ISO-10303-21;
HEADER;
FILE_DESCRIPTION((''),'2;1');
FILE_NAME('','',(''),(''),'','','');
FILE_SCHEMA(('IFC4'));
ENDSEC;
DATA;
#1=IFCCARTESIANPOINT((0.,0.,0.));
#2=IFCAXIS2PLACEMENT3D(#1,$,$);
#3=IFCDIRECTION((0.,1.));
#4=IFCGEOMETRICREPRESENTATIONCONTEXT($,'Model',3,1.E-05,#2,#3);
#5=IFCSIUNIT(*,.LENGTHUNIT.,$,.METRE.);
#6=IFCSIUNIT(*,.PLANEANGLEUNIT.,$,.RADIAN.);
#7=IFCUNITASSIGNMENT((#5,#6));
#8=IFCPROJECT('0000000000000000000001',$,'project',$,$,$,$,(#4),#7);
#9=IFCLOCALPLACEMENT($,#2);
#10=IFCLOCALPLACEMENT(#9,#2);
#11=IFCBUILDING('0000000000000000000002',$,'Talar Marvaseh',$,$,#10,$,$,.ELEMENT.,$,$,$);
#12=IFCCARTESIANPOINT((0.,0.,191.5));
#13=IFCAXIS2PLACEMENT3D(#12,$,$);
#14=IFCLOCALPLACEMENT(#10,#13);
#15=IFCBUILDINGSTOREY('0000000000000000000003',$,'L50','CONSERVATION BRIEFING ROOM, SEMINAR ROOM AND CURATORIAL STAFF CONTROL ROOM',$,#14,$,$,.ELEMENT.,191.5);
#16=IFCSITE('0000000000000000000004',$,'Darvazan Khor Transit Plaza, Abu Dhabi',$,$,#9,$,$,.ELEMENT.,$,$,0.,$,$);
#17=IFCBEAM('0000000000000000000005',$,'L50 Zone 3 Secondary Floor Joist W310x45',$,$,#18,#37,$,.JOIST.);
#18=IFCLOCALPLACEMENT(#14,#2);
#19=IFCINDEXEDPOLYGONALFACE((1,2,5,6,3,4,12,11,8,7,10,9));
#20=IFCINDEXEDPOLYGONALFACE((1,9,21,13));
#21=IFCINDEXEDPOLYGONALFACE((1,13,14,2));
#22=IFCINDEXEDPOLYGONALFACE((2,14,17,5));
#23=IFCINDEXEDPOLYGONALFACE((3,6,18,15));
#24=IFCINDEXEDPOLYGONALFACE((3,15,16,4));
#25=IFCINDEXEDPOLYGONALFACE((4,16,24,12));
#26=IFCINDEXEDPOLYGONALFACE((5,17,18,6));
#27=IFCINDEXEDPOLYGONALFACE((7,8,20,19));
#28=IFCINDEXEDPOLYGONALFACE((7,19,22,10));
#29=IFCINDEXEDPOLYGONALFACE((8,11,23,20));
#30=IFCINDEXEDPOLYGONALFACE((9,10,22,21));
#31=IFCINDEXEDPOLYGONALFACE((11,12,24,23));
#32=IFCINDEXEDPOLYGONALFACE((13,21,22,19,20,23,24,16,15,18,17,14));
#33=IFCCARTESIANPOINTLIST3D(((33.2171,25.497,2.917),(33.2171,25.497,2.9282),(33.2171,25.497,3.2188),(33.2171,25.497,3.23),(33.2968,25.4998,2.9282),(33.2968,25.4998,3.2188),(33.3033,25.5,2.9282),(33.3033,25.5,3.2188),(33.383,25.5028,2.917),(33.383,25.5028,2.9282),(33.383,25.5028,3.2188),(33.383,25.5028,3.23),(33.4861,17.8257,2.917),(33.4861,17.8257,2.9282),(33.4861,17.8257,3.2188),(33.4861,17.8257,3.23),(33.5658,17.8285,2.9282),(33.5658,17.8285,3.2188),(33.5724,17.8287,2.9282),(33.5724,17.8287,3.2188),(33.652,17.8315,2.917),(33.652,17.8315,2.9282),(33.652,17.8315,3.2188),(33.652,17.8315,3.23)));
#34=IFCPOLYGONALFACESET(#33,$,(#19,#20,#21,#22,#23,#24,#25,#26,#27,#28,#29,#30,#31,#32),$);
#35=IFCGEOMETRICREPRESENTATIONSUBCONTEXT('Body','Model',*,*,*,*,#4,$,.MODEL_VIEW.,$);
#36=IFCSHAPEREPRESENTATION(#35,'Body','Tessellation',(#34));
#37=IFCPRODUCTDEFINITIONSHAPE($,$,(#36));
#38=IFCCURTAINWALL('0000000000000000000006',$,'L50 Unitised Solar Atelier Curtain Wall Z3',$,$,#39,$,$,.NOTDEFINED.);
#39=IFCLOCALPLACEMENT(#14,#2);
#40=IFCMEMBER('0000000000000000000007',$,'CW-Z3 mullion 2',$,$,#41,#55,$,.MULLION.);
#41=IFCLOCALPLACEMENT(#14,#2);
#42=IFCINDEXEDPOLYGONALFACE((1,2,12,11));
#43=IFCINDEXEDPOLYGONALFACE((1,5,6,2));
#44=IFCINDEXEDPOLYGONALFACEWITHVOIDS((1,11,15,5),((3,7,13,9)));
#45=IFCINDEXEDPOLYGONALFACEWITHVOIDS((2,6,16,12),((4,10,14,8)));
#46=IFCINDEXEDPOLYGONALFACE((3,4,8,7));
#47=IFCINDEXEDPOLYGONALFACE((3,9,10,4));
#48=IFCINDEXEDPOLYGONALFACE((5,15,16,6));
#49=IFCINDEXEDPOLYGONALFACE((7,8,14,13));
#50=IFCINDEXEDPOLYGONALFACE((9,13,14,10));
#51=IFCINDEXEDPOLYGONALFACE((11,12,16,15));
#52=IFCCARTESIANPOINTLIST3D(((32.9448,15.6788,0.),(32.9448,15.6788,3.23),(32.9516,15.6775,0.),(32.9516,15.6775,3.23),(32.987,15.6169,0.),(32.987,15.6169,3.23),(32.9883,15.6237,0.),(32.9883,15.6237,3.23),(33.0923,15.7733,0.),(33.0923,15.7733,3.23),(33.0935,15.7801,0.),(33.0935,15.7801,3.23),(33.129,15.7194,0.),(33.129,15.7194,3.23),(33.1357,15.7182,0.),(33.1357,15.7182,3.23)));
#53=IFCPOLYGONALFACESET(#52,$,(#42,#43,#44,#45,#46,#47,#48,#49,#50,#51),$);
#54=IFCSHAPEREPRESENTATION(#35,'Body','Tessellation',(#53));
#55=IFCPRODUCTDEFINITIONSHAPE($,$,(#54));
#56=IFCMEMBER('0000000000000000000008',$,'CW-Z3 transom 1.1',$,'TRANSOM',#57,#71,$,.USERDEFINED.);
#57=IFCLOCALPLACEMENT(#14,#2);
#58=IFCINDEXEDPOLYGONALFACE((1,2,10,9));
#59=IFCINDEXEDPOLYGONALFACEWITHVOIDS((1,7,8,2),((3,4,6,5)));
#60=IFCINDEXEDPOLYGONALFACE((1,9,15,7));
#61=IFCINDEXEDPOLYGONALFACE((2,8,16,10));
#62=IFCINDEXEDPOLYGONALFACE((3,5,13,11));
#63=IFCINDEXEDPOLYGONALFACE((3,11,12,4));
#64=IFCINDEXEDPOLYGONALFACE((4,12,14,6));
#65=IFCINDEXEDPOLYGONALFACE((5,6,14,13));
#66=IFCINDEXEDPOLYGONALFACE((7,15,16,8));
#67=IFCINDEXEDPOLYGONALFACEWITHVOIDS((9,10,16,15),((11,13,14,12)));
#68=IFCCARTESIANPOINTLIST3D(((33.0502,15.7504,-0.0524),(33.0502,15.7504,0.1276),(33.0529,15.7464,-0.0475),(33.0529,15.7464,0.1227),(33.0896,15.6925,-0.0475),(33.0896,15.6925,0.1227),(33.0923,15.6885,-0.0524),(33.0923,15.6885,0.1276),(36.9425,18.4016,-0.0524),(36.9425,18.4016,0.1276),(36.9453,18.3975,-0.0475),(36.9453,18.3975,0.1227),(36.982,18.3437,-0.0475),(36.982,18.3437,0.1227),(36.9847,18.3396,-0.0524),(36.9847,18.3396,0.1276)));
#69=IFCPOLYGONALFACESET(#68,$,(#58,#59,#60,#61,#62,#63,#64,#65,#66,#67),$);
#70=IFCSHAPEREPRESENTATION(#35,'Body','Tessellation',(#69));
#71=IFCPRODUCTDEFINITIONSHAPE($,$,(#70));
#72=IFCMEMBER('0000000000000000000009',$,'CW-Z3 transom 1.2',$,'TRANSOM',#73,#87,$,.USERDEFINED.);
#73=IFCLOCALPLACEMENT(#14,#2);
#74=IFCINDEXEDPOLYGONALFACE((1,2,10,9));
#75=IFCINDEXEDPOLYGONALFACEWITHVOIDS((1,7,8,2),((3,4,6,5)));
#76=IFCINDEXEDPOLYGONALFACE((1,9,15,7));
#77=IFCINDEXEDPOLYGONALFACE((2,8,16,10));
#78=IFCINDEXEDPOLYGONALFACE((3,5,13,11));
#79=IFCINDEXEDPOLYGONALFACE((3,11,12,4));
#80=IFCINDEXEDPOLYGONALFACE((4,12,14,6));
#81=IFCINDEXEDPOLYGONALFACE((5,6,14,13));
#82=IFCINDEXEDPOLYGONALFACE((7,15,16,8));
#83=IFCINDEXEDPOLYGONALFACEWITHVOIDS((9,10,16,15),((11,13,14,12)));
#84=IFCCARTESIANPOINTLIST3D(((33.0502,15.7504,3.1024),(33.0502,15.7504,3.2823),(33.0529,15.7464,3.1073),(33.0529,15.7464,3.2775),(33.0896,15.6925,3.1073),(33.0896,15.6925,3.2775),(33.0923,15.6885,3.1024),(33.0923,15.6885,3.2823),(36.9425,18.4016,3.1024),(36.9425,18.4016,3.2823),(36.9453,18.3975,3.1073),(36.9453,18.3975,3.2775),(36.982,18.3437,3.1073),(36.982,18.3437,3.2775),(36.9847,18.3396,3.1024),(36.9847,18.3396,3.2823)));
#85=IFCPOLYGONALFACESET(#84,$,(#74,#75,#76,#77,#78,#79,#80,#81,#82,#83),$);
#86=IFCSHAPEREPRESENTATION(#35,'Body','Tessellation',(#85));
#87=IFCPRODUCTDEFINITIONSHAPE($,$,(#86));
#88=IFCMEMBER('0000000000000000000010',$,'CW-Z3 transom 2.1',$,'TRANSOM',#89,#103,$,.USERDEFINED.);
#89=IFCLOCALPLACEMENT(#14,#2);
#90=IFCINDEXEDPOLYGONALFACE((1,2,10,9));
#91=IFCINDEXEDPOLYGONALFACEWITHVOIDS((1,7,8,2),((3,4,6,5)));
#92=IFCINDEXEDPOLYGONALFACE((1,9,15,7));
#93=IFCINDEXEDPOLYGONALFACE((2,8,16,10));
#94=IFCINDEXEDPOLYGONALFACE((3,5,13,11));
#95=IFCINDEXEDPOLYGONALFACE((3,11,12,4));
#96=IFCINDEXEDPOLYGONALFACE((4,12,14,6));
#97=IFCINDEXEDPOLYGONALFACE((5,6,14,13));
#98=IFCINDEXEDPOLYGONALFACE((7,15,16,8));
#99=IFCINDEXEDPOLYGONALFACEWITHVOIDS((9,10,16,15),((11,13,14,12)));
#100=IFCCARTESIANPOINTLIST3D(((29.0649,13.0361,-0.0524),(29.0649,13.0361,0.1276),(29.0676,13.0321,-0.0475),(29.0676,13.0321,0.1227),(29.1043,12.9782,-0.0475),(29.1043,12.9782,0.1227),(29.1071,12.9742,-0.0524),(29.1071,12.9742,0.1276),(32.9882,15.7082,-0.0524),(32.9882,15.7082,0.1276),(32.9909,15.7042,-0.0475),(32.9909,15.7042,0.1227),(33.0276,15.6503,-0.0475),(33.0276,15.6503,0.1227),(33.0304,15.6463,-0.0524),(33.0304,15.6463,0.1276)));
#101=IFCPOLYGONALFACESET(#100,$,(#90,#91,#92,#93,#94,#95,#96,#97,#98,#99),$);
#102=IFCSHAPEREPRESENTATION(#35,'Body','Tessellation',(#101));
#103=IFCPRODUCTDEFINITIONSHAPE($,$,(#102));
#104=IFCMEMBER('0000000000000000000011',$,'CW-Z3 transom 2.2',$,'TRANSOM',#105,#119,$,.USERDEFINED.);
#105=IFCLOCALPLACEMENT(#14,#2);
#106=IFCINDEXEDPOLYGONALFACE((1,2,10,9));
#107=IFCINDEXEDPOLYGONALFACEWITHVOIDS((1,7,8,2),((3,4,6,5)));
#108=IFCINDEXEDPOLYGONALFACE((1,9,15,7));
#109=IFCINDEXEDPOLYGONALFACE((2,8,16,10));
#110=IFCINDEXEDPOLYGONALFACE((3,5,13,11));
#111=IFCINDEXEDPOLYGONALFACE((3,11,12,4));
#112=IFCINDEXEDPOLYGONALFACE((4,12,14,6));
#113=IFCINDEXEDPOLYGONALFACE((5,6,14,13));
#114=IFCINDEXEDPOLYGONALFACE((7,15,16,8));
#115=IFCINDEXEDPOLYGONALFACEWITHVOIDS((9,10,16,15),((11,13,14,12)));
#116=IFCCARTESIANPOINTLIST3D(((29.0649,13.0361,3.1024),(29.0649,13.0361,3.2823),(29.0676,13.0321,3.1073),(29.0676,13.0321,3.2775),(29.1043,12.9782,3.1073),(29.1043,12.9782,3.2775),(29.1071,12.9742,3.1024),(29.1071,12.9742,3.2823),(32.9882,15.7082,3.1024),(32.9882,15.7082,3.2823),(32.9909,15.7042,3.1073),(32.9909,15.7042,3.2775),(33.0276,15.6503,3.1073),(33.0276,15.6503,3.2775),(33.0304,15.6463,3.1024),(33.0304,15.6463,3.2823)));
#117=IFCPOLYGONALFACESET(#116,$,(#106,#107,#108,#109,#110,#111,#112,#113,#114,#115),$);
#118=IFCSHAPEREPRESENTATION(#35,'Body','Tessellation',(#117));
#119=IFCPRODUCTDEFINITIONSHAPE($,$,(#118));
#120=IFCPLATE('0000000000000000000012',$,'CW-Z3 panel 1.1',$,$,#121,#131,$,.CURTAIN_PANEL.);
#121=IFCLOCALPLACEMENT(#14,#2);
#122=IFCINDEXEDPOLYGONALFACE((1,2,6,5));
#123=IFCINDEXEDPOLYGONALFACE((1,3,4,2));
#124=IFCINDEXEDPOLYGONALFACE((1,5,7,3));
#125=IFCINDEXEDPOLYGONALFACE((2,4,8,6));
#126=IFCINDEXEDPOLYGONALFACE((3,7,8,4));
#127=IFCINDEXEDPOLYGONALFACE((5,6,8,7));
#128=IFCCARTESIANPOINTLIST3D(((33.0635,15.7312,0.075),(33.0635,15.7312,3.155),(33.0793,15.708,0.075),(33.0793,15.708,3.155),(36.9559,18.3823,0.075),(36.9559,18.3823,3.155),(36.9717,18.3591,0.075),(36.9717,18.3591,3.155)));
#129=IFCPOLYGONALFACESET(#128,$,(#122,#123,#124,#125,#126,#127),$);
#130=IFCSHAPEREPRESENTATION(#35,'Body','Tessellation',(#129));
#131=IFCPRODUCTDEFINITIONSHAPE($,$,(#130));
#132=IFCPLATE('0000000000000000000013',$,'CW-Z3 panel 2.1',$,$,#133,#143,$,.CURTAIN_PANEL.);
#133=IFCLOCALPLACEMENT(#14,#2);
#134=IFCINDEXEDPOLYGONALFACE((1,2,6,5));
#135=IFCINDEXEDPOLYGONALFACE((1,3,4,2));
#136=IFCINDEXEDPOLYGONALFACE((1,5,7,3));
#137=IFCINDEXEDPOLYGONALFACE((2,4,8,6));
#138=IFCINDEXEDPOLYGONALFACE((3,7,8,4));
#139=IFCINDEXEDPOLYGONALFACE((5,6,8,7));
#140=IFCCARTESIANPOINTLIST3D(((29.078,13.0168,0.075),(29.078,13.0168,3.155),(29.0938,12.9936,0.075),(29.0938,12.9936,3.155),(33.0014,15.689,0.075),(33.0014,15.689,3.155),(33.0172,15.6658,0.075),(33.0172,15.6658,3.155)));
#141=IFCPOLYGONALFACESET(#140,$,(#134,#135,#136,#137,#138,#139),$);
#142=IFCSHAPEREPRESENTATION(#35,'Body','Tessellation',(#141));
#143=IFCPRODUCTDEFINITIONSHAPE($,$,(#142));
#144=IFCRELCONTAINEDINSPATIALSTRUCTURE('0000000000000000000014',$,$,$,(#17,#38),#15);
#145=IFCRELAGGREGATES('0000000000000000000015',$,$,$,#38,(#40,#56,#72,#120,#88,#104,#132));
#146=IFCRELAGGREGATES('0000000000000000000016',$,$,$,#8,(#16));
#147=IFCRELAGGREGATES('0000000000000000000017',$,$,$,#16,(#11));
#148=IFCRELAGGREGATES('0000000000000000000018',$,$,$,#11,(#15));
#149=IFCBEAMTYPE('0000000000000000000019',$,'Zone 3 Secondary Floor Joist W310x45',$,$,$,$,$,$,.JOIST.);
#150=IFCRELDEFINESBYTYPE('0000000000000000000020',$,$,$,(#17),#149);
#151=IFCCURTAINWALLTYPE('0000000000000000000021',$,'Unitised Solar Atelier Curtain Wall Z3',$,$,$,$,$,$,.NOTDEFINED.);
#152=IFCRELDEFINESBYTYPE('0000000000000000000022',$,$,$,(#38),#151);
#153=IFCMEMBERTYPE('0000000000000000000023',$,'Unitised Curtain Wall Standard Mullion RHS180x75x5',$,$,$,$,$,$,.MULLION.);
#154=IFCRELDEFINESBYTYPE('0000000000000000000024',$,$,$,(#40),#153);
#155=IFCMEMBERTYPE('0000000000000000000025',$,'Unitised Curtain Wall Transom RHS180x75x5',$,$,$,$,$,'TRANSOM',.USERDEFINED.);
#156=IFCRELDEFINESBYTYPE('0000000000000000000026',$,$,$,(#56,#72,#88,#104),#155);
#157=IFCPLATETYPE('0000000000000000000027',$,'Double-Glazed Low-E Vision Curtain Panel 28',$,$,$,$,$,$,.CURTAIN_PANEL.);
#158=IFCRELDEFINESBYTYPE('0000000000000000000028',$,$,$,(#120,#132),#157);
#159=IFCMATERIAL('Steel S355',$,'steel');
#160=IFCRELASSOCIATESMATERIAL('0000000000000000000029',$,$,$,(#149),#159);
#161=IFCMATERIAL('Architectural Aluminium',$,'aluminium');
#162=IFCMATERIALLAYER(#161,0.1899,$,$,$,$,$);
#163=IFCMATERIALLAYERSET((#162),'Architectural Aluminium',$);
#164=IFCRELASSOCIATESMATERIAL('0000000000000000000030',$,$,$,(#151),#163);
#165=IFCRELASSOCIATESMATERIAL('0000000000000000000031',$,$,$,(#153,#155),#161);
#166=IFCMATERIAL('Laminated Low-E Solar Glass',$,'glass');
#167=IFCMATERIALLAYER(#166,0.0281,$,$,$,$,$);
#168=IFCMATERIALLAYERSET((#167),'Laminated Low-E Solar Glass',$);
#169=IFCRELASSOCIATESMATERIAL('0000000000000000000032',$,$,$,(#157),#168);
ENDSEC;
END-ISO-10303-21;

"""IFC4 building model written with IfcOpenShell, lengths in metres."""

from ifc_helpers import new_model, si_unit, direction, frame, origin, origin_2d, place, context, subcontext, project, spatial, rectangle, hollow_rectangle, i_section, extrude, source, transform, mapped, material, layer, layer_set, material_profile, profile_set, type_object, type_shapes, element, aggregate, save


model = new_model("IFC4")

# Units and contexts
model_context = context("Model", 3, precision=1e-05, world=origin(), true_north=direction((0.0, 1.0)))
body_context = subcontext(model_context, "Body", "Model", "MODEL_VIEW")
ifc_project = project(units=[si_unit("LENGTHUNIT", "METRE"), si_unit("PLANEANGLEUNIT", "RADIAN")], contexts=[model_context])

# Site, building, storey
site_placement = place(None, origin())
site = spatial("IfcSite", under=ifc_project, at=site_placement, Name="Darvazan Khor Transit Plaza, Abu Dhabi", CompositionType="ELEMENT", RefElevation=0.0)
building_placement = place(site_placement, origin())
building = spatial("IfcBuilding", under=site, at=building_placement, Name="Talar Marvaseh", CompositionType="ELEMENT")
storey_placement = place(building_placement, frame((0.0, 0.0, 191.5)))
storey = spatial("IfcBuildingStorey", under=building, at=storey_placement, Name="L50", Description="CONSERVATION BRIEFING ROOM, SEMINAR ROOM AND CURATORIAL STAFF CONTROL ROOM", CompositionType="ELEMENT", Elevation=191.5)

# Beam
ifc_material_1 = material(Name="Steel S355", Category="steel")
ifc_material_profile_1 = material_profile(ifc_material_1, i_section(OverallWidth=0.166, OverallDepth=0.313, WebThickness=0.0066, FlangeThickness=0.0112, at=origin_2d()), Name="W310x45")
ifc_profile_set_1 = profile_set([ifc_material_profile_1], Name="Steel S355")
beam_type = type_object("IfcBeamType", Name="Zone 3 Secondary Floor Joist W310x45", PredefinedType="JOIST", material=ifc_profile_set_1)
beam_placement = place(storey_placement, frame((33.5691, 17.8286, 3.0735), z_axis=(-0.035049, 0.999386, 0.0), x_axis=(-0.999386, -0.035049, 0.0)))
element("IfcBeam", 1, at=beam_placement, inside=storey, type_object=beam_type, Name="L50 Zone 3 Secondary Floor Joist W310x45", PredefinedType="JOIST", context=body_context, shape_type="SweptSolid", body=[
    extrude(i_section(OverallWidth=0.166, OverallDepth=0.313, WebThickness=0.0066, FlangeThickness=0.0112, at=origin_2d()), origin(), (0.0, 0.0, 1.0), 7.676),
])

# Curtain wall, members, plates
ifc_material_2 = material(Name="Architectural Aluminium", Category="aluminium")
ifc_layer_1 = layer(ifc_material_2, 0.1899)
ifc_layer_set_1 = layer_set([ifc_layer_1], Name="Architectural Aluminium")
curtain_wall_type = type_object("IfcCurtainWallType", Name="Unitised Solar Atelier Curtain Wall Z3", PredefinedType="NOTDEFINED", material=ifc_layer_set_1)
curtain_wall_placement = place(storey_placement, origin())
curtain_wall = element("IfcCurtainWall", 2, at=curtain_wall_placement, inside=storey, type_object=curtain_wall_type, Name="L50 Unitised Solar Atelier Curtain Wall Z3", PredefinedType="NOTDEFINED")
ifc_material_profile_2 = material_profile(ifc_material_2, hollow_rectangle(XDim=0.075, YDim=0.1799, WallThickness=0.0049, at=origin_2d()), Name="RHS180x75x5")
ifc_profile_set_2 = profile_set([ifc_material_profile_2], Name="Architectural Aluminium")
member_type_1 = type_object("IfcMemberType", Name="Unitised Curtain Wall Standard Mullion RHS180x75x5", PredefinedType="MULLION", material=ifc_profile_set_2)
shared_shape_1 = source(origin(), body_context, "Body", "SweptSolid", [
    extrude(hollow_rectangle(XDim=0.075, YDim=0.1799, WallThickness=0.0049, at=origin_2d()), origin(), (0.0, 0.0, 1.0), 3.23),
])
type_shapes(member_type_1, [shared_shape_1])
member_1_placement = place(storey_placement, frame((33.0403, 15.6985, 0.0), z_axis=(0.0, 0.0, 1.0), x_axis=(0.562932, -0.826503, 0.0)))
member_1 = element("IfcMember", 3, at=member_1_placement, type_object=member_type_1, Name="CW-Z3 mullion 2", PredefinedType="MULLION", context=body_context, shape_type="MappedRepresentation", body=[
    mapped(shared_shape_1, transform((0.0, 0.0, 0.0), x_axis=(1.0, 0.0, 0.0), y_axis=(0.0, 1.0, 0.0), z_axis=(0.0, 0.0, 1.0), scale=1.0)),
])
ifc_material_profile_3 = material_profile(ifc_material_2, hollow_rectangle(XDim=0.075, YDim=0.1799, WallThickness=0.0049, at=origin_2d()), Name="RHS180x75x5")
ifc_profile_set_3 = profile_set([ifc_material_profile_3], Name="Architectural Aluminium")
member_type_2 = type_object("IfcMemberType", Name="Unitised Curtain Wall Transom RHS180x75x5", ElementType="TRANSOM", PredefinedType="USERDEFINED", material=ifc_profile_set_3)
shared_shape_2 = source(origin(), body_context, "Body", "SweptSolid", [
    extrude(hollow_rectangle(XDim=0.075, YDim=0.1799, WallThickness=0.0049, at=origin_2d()), origin(), (0.0, 0.0, 1.0), 4.7095),
])
member_2_placement = place(storey_placement, frame((36.9636, 18.3706, 0.0376), z_axis=(-0.826498, -0.562939, 0.0), x_axis=(0.562939, -0.826498, 0.0)))
member_2 = element("IfcMember", 4, at=member_2_placement, type_object=member_type_2, Name="CW-Z3 transom 1.1", ObjectType="TRANSOM", PredefinedType="USERDEFINED", context=body_context, shape_type="MappedRepresentation", body=[
    mapped(shared_shape_2, transform((0.0, 0.0, 0.0), x_axis=(1.0, 0.0, 0.0), y_axis=(0.0, 1.0, 0.0), z_axis=(0.0, 0.0, 1.0), scale=1.0)),
])
member_3_placement = place(storey_placement, frame((36.9636, 18.3706, 3.1924), z_axis=(-0.826498, -0.562939, 0.0), x_axis=(0.562939, -0.826498, 0.0)))
member_3 = element("IfcMember", 5, at=member_3_placement, type_object=member_type_2, Name="CW-Z3 transom 1.2", ObjectType="TRANSOM", PredefinedType="USERDEFINED", context=body_context, shape_type="MappedRepresentation", body=[
    mapped(shared_shape_2, transform((0.0, 0.0, 0.0), x_axis=(1.0, 0.0, 0.0), y_axis=(0.0, 1.0, 0.0), z_axis=(0.0, 0.0, 1.0), scale=1.0)),
])
shared_shape_3 = source(origin(), body_context, "Body", "SweptSolid", [
    extrude(hollow_rectangle(XDim=0.075, YDim=0.1799, WallThickness=0.0049, at=origin_2d()), origin(), (0.0, 0.0, 1.0), 4.7468),
])
type_shapes(member_type_2, [shared_shape_2, shared_shape_3])
member_4_placement = place(storey_placement, frame((33.0093, 15.6772, 0.0376), z_axis=(-0.82651, -0.562922, 0.0), x_axis=(0.562922, -0.82651, 0.0)))
member_4 = element("IfcMember", 6, at=member_4_placement, type_object=member_type_2, Name="CW-Z3 transom 2.1", ObjectType="TRANSOM", PredefinedType="USERDEFINED", context=body_context, shape_type="MappedRepresentation", body=[
    mapped(shared_shape_3, transform((0.0, 0.0, 0.0), x_axis=(1.0, 0.0, 0.0), y_axis=(0.0, 1.0, 0.0), z_axis=(0.0, 0.0, 1.0), scale=1.0)),
])
member_5_placement = place(storey_placement, frame((33.0093, 15.6772, 3.1924), z_axis=(-0.82651, -0.562922, 0.0), x_axis=(0.562922, -0.82651, 0.0)))
member_5 = element("IfcMember", 7, at=member_5_placement, type_object=member_type_2, Name="CW-Z3 transom 2.2", ObjectType="TRANSOM", PredefinedType="USERDEFINED", context=body_context, shape_type="MappedRepresentation", body=[
    mapped(shared_shape_3, transform((0.0, 0.0, 0.0), x_axis=(1.0, 0.0, 0.0), y_axis=(0.0, 1.0, 0.0), z_axis=(0.0, 0.0, 1.0), scale=1.0)),
])
ifc_material_3 = material(Name="Laminated Low-E Solar Glass", Category="glass")
ifc_layer_2 = layer(ifc_material_3, 0.0281)
ifc_layer_set_2 = layer_set([ifc_layer_2], Name="Laminated Low-E Solar Glass")
plate_type = type_object("IfcPlateType", Name="Double-Glazed Low-E Vision Curtain Panel 28", PredefinedType="CURTAIN_PANEL", material=ifc_layer_set_2)
shared_shape_4 = source(origin(), body_context, "Body", "SweptSolid", [
    extrude(rectangle(XDim=4.7095, YDim=0.0281, at=origin_2d()), origin(), (0.0, 0.0, 1.0), 3.0801),
])
plate_1_placement = place(storey_placement, frame((35.0176, 17.0452, 0.075), z_axis=(0.0, 0.0, 1.0), x_axis=(-0.826503, -0.562932, 0.0)))
plate_1 = element("IfcPlate", 8, at=plate_1_placement, type_object=plate_type, Name="CW-Z3 panel 1.1", PredefinedType="CURTAIN_PANEL", context=body_context, shape_type="MappedRepresentation", body=[
    mapped(shared_shape_4, transform((0.0, 0.0, 0.0), x_axis=(1.0, 0.0, 0.0), y_axis=(0.0, 1.0, 0.0), z_axis=(0.0, 0.0, 1.0), scale=1.0)),
])
shared_shape_5 = source(origin(), body_context, "Body", "SweptSolid", [
    extrude(rectangle(XDim=4.7471, YDim=0.0281, at=origin_2d()), origin(), (0.0, 0.0, 1.0), 3.0801),
])
type_shapes(plate_type, [shared_shape_4, shared_shape_5])
plate_2_placement = place(storey_placement, frame((31.0476, 14.3413, 0.075), z_axis=(0.0, 0.0, 1.0), x_axis=(-0.826503, -0.562932, 0.0)))
plate_2 = element("IfcPlate", 9, at=plate_2_placement, type_object=plate_type, Name="CW-Z3 panel 2.1", PredefinedType="CURTAIN_PANEL", context=body_context, shape_type="MappedRepresentation", body=[
    mapped(shared_shape_5, transform((0.0, 0.0, 0.0), x_axis=(1.0, 0.0, 0.0), y_axis=(0.0, 1.0, 0.0), z_axis=(0.0, 0.0, 1.0), scale=1.0)),
])
aggregate(curtain_wall, [member_1, member_2, member_3, plate_1, member_4, member_5, plate_2])

save(model, "model.ifc")
